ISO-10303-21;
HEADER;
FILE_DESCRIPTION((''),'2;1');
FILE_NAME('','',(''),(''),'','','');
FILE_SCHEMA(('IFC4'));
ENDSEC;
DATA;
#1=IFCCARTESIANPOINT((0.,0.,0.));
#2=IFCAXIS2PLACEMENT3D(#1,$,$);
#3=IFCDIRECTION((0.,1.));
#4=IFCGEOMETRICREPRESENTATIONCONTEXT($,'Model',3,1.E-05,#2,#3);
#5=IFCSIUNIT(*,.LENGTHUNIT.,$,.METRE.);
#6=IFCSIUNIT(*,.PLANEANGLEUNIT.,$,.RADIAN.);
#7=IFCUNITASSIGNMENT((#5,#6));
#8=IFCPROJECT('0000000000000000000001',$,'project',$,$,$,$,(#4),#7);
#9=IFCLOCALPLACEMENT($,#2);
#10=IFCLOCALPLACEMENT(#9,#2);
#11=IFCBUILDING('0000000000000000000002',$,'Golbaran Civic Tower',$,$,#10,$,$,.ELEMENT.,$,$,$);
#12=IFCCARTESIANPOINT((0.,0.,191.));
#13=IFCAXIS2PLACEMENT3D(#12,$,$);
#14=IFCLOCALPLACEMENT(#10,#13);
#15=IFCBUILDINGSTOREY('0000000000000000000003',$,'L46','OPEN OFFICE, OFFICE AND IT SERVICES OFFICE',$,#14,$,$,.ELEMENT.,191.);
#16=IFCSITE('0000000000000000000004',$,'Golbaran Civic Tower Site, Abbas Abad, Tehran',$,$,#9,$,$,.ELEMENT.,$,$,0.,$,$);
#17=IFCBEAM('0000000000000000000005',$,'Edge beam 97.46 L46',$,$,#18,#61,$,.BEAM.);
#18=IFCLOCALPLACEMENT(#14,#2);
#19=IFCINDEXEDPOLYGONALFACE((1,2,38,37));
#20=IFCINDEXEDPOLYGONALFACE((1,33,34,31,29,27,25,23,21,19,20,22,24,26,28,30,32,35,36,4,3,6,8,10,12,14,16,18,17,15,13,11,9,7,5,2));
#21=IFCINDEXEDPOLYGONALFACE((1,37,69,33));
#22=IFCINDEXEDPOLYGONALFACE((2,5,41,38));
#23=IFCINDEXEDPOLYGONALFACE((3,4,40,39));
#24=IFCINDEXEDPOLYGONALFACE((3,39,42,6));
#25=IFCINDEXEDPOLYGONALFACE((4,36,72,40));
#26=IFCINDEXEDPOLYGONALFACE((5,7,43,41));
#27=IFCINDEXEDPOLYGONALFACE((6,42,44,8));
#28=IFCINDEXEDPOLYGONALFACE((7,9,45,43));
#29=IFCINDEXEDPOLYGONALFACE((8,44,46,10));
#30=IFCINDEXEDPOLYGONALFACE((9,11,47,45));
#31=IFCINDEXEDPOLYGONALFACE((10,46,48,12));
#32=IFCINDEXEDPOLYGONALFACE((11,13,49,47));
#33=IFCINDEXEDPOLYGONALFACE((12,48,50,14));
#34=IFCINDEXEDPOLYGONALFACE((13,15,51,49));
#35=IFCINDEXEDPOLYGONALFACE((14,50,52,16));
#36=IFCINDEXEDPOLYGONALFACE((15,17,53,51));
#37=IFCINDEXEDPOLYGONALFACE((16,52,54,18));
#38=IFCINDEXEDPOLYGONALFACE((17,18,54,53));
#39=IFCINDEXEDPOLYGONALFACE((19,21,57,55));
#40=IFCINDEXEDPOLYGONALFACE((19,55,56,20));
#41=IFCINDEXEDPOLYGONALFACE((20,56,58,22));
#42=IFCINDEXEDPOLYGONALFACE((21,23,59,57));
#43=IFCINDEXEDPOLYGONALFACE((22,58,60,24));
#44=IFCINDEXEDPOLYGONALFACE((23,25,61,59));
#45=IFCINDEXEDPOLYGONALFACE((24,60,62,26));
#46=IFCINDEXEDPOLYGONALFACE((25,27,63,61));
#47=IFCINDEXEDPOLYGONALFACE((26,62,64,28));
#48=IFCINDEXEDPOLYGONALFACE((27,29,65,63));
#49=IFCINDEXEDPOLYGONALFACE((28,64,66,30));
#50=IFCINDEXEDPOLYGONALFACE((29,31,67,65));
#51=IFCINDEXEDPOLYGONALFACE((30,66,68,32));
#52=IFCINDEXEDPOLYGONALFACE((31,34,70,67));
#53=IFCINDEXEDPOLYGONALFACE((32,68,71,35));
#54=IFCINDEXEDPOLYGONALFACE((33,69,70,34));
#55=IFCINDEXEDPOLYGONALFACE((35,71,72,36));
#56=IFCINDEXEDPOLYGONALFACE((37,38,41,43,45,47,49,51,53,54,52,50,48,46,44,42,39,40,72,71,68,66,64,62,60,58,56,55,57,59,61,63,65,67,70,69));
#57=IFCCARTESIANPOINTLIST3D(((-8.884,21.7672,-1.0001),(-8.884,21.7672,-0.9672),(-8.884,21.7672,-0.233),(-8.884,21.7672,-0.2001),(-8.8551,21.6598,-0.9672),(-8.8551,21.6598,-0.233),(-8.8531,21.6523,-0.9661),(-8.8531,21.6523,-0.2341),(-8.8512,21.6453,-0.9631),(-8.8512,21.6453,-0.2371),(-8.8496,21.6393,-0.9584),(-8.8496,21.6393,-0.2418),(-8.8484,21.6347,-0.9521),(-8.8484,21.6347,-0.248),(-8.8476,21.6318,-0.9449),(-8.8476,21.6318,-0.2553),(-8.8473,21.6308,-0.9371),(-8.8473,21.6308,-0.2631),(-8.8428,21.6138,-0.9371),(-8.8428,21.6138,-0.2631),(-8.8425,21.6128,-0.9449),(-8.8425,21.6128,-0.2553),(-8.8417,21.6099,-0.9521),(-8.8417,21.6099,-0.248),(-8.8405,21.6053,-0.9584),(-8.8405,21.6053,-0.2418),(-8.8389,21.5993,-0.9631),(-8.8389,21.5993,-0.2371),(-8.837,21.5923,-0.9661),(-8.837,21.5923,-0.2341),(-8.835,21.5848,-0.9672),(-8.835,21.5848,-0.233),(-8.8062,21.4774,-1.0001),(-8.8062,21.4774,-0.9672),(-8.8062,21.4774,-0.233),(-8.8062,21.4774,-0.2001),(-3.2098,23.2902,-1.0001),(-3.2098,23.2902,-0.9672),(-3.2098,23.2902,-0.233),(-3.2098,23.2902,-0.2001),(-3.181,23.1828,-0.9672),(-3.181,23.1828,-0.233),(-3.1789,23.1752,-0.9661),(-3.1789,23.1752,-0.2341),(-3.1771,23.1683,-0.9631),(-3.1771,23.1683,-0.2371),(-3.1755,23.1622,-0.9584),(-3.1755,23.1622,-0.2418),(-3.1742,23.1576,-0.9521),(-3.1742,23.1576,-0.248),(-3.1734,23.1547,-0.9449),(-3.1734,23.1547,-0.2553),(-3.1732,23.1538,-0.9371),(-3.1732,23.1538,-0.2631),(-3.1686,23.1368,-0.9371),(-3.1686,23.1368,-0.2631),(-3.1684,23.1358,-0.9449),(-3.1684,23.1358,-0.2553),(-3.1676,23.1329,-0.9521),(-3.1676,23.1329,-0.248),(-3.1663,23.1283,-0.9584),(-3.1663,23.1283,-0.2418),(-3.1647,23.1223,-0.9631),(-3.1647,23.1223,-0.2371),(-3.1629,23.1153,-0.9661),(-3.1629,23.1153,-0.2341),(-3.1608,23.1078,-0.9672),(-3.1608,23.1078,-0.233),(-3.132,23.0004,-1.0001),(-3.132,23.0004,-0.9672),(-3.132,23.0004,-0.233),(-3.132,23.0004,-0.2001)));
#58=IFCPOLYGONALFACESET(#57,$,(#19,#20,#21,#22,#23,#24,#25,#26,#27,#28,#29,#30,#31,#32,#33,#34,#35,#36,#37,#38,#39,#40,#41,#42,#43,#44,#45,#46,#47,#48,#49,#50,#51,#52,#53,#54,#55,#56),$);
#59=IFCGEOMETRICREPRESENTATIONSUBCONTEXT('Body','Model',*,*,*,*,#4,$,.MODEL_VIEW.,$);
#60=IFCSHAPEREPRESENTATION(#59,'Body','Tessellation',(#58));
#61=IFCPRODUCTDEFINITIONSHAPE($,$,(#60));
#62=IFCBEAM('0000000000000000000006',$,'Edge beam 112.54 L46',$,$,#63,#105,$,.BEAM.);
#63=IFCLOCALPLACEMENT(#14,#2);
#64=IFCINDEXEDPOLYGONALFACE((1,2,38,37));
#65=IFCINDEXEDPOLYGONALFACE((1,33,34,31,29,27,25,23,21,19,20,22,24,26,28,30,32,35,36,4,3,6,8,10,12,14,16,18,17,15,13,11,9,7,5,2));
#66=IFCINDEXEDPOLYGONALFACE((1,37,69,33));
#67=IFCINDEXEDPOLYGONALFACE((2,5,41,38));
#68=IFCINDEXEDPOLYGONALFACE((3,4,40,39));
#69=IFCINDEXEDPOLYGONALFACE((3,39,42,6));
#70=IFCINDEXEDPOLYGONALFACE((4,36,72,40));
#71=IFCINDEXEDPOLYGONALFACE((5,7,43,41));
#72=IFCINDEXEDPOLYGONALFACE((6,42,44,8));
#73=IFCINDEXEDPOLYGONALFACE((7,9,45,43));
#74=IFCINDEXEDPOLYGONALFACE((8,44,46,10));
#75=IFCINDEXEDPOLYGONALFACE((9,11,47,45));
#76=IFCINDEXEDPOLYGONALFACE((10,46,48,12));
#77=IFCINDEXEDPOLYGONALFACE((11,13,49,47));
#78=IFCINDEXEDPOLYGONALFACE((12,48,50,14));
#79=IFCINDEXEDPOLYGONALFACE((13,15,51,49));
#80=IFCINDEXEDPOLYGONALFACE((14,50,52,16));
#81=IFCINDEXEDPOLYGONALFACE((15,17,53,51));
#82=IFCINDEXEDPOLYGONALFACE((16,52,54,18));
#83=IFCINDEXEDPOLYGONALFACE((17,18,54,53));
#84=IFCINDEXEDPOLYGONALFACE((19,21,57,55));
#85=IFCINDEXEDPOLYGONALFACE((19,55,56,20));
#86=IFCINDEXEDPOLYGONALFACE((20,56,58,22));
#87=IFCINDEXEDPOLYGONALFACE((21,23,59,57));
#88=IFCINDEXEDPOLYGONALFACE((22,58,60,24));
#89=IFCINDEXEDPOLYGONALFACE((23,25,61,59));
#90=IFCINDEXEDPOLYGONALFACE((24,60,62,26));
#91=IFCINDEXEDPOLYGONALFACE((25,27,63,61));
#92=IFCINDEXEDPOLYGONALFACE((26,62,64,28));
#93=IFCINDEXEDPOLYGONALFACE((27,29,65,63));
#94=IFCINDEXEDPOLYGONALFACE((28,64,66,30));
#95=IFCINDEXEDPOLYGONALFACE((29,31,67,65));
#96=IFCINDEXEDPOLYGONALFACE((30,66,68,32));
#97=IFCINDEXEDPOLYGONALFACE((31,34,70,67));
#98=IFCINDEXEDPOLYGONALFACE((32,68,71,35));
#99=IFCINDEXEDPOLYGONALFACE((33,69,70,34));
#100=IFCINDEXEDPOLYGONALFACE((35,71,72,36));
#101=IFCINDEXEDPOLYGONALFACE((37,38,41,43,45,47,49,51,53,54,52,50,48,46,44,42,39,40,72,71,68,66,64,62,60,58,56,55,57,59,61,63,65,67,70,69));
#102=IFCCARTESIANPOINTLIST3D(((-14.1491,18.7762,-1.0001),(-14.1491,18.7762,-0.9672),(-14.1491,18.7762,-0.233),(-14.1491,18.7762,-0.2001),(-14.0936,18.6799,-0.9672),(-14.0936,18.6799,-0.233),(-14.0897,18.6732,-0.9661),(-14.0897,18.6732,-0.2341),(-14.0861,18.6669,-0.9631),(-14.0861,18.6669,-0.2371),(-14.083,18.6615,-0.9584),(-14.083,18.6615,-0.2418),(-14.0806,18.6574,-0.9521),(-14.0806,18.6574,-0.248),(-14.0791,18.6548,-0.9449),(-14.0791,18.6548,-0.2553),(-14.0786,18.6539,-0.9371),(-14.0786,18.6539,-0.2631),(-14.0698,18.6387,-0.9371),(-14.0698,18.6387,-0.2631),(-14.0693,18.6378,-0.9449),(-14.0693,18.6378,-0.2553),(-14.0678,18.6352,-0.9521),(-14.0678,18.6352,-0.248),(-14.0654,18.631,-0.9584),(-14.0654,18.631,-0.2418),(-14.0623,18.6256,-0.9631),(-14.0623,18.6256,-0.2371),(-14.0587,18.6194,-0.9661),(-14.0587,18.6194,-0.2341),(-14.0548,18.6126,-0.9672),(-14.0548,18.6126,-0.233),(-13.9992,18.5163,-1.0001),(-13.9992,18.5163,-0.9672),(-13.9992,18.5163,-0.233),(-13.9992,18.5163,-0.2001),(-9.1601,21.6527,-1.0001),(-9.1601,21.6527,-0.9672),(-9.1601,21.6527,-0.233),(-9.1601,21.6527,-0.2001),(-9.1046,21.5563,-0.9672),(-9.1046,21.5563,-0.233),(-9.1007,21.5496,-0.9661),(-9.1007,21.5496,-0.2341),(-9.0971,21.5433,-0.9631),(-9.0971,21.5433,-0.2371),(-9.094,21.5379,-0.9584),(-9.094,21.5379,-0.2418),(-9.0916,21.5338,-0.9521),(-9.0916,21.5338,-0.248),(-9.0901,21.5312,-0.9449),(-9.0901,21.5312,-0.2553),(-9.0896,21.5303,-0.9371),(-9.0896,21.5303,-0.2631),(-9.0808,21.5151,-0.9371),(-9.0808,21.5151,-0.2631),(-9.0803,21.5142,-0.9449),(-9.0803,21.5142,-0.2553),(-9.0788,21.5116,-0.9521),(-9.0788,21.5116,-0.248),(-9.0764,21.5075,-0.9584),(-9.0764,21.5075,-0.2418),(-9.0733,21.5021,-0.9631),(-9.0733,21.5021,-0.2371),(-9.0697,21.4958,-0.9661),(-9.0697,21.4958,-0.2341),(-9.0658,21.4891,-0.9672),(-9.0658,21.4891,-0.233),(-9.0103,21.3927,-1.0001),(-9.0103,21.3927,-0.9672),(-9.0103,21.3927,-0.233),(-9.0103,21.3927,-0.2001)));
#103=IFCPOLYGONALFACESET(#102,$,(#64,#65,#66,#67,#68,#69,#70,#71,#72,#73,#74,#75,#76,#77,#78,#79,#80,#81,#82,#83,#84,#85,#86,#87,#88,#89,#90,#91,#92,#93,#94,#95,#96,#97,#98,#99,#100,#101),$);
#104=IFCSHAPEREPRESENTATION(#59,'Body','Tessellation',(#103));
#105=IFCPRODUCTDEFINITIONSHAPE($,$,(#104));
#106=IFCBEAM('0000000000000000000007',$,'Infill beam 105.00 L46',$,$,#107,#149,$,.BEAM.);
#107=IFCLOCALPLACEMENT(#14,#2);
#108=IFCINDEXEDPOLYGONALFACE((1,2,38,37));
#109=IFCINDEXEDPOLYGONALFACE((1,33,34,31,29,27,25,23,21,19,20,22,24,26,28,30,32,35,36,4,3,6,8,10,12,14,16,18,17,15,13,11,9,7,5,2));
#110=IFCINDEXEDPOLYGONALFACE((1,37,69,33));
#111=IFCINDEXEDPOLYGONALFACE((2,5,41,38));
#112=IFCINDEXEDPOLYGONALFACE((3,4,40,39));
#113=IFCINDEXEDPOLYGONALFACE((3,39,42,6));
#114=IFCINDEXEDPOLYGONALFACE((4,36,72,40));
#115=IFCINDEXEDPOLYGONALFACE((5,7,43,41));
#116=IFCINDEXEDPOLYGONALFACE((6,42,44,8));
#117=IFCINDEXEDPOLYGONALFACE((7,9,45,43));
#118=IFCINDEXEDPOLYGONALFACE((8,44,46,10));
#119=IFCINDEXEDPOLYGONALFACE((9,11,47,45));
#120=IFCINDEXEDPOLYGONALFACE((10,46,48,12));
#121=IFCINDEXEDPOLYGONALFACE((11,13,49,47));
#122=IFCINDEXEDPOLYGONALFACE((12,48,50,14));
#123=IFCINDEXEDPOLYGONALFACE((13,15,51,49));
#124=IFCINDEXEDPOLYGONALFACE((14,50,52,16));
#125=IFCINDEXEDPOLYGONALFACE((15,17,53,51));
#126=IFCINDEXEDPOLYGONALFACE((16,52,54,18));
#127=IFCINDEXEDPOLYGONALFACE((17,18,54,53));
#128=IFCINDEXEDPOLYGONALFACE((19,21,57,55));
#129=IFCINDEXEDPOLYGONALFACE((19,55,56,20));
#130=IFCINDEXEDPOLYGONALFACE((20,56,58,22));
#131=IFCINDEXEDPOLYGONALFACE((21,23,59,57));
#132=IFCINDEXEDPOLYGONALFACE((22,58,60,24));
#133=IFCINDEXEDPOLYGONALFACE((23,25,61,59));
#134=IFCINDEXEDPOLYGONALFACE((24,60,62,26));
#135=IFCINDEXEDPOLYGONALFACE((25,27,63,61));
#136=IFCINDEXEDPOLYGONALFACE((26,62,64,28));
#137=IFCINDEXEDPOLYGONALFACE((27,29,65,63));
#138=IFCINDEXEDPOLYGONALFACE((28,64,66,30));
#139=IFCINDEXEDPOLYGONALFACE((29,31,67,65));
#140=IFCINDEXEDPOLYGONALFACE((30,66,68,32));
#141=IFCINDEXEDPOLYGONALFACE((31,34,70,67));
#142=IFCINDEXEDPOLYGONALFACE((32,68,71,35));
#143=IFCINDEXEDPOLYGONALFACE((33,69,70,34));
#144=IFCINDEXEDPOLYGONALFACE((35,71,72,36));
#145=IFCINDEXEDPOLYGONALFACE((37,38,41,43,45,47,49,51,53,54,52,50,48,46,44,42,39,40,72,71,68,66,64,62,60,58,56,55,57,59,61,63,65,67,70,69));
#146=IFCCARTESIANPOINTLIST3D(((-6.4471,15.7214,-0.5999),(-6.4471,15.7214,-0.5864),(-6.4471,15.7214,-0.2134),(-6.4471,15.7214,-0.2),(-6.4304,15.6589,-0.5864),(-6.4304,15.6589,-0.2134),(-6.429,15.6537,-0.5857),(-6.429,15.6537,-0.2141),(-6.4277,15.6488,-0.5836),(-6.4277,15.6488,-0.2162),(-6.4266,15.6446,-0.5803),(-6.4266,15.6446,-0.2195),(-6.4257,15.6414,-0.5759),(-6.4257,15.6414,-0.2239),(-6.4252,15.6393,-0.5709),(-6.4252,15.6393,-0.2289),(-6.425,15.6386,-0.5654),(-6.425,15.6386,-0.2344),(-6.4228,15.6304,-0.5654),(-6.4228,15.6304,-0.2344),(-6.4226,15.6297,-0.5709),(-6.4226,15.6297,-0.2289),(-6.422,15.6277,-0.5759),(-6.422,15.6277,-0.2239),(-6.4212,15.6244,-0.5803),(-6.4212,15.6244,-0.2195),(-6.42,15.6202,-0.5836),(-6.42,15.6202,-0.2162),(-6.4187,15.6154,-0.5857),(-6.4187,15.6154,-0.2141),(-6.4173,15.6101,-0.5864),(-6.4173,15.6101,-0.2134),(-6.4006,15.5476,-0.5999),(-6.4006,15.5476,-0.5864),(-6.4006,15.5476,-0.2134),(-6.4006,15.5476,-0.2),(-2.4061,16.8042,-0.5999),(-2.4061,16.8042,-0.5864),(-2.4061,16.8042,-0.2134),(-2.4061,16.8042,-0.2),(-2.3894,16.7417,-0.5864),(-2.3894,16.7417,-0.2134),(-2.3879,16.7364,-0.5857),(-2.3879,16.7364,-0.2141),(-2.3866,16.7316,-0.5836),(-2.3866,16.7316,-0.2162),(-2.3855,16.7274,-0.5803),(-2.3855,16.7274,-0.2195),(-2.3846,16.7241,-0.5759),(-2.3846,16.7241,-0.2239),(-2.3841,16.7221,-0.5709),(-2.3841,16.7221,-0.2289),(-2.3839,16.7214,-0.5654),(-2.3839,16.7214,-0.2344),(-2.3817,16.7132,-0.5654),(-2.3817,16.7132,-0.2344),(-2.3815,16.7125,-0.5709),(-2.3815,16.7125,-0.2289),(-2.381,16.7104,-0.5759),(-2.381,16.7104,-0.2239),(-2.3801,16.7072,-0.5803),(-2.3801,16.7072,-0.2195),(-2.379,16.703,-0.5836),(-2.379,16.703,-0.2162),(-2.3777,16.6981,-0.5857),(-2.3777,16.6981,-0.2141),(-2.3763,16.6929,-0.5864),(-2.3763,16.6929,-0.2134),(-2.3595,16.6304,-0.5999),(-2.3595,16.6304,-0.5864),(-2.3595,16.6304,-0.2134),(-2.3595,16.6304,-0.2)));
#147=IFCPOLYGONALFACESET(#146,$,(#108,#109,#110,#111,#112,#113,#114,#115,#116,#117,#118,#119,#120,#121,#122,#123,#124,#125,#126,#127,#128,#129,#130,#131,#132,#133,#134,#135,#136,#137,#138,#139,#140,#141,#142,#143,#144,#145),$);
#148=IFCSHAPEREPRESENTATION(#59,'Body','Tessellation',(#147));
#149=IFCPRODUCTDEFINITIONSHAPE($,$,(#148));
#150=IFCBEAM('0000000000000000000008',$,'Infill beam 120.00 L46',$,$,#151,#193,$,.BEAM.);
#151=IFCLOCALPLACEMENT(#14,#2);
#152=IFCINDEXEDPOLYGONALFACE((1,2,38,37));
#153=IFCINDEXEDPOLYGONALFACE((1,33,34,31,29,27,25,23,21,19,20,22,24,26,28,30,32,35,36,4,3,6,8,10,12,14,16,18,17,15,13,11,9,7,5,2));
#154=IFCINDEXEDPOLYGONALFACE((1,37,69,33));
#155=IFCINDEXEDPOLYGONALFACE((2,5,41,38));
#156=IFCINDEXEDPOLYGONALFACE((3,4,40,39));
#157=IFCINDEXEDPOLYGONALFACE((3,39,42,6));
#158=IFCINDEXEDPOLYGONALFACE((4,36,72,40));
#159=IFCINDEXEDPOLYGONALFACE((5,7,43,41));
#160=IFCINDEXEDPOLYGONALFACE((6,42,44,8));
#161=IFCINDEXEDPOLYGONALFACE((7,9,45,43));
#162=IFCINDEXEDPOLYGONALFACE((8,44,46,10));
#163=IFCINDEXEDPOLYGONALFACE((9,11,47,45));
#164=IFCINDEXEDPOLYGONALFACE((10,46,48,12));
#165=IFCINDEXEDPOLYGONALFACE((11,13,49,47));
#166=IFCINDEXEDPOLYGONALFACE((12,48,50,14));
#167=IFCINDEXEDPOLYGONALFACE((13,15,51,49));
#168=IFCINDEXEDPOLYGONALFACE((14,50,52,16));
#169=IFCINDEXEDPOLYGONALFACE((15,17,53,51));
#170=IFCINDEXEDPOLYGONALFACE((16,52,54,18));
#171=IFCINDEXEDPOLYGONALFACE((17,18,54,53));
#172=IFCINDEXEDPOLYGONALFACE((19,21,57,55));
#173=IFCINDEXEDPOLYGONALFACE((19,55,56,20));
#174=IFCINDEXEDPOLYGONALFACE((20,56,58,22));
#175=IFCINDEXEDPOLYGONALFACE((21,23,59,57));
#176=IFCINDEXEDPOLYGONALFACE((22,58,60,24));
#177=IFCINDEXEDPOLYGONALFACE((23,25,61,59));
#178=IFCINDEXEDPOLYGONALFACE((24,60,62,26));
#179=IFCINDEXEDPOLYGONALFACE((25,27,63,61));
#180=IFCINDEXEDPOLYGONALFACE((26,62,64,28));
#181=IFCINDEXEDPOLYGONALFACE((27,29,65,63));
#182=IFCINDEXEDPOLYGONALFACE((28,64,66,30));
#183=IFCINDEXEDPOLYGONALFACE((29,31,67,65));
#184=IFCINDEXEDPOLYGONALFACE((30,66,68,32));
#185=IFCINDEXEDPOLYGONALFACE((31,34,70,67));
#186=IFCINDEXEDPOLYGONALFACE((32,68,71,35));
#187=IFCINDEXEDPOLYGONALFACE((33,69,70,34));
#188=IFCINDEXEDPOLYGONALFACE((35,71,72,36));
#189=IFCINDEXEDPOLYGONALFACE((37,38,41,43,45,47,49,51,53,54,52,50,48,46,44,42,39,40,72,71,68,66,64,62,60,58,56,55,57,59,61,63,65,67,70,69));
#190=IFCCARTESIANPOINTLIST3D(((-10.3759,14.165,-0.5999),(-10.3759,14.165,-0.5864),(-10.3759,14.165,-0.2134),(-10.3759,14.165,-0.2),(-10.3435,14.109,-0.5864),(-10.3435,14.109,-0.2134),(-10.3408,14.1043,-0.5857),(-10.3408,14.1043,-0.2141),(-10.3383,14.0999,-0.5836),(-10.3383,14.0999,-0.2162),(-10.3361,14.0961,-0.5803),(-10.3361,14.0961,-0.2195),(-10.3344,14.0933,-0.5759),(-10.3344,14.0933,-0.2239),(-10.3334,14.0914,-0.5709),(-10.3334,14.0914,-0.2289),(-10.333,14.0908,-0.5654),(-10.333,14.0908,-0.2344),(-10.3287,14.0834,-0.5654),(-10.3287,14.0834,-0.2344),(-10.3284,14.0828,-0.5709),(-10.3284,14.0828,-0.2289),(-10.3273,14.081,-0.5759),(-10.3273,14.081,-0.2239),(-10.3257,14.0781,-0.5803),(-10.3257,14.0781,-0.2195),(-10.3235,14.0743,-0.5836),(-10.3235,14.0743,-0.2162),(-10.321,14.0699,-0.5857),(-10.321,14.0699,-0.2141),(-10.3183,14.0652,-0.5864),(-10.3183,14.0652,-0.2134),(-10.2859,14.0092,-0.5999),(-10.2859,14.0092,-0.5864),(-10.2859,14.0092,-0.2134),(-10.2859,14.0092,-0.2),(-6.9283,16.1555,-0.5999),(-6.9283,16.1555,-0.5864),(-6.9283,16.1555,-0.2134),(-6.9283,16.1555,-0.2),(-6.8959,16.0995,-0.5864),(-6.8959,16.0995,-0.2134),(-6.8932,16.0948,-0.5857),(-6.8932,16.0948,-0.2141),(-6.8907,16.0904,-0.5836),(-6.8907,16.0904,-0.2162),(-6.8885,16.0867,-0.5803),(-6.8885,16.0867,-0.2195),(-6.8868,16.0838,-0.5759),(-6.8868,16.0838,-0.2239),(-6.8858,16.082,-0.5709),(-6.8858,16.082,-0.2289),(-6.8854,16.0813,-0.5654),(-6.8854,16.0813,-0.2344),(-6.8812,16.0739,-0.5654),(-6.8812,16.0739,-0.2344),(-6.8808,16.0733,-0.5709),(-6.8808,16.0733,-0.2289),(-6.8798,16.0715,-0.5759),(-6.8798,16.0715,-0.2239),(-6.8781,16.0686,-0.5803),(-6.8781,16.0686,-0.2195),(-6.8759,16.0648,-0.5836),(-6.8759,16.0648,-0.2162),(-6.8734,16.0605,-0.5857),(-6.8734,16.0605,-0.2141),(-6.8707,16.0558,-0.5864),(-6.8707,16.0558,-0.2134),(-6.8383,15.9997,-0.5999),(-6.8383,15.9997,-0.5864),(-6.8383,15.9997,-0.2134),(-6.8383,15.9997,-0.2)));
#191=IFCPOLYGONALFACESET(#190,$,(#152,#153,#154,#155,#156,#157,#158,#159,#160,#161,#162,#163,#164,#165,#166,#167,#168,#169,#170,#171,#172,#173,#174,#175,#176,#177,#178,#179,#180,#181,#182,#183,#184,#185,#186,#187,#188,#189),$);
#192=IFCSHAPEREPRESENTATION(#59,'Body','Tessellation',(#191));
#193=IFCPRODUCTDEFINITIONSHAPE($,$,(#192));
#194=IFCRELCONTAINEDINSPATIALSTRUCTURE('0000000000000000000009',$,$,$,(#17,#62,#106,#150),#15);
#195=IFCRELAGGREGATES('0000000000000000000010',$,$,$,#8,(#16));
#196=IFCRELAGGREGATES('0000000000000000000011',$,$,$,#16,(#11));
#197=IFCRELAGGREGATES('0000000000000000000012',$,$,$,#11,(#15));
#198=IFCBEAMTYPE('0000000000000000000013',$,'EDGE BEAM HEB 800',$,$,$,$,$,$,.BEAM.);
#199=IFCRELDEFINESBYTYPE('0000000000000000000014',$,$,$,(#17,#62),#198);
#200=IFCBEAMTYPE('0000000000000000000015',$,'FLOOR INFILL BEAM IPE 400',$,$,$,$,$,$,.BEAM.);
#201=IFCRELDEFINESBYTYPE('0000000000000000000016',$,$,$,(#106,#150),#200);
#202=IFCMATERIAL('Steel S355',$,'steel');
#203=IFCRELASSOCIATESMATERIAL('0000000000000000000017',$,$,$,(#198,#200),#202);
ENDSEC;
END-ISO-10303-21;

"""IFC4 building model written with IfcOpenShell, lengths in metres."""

from ifc_helpers import new_model, si_unit, direction, frame, origin, origin_2d, place, context, subcontext, project, spatial, i_section, extrude, material, material_profile, profile_set, type_object, element, save


model = new_model("IFC4")

# Units and contexts
model_context = context("Model", 3, precision=1e-05, world=origin(), true_north=direction((0.0, 1.0)))
body_context = subcontext(model_context, "Body", "Model", "MODEL_VIEW")
ifc_project = project(units=[si_unit("LENGTHUNIT", "METRE"), si_unit("PLANEANGLEUNIT", "RADIAN")], contexts=[model_context])

# Site, building, storey
site_placement = place(None, origin())
site = spatial("IfcSite", under=ifc_project, at=site_placement, Name="Golbaran Civic Tower Site, Abbas Abad, Tehran", CompositionType="ELEMENT", RefElevation=0.0)
building_placement = place(site_placement, origin())
building = spatial("IfcBuilding", under=site, at=building_placement, Name="Golbaran Civic Tower", CompositionType="ELEMENT")
storey_placement = place(building_placement, frame((0.0, 0.0, 191.0)))
storey = spatial("IfcBuildingStorey", under=building, at=storey_placement, Name="L46", Description="OPEN OFFICE, OFFICE AND IT SERVICES OFFICE", CompositionType="ELEMENT", Elevation=191.0)

# Beams
ifc_material_1 = material(Name="Steel S355", Category="steel")
ifc_material_profile_1 = material_profile(ifc_material_1, i_section(OverallWidth=0.3, OverallDepth=0.8, WebThickness=0.0176, FlangeThickness=0.033, FilletRadius=0.03, at=origin_2d()), Name="HEB 800")
ifc_profile_set_1 = profile_set([ifc_material_profile_1], Name="Steel S355")
beam_type_1 = type_object("IfcBeamType", Name="EDGE BEAM HEB 800", PredefinedType="BEAM", material=ifc_profile_set_1)
beam_1_placement = place(storey_placement, frame((-3.1709, 23.1453, -0.6001), z_axis=(-0.965816, -0.25923, 0.0), x_axis=(0.25923, -0.965816, 0.0)))
element("IfcBeam", 1, at=beam_1_placement, inside=storey, type_object=beam_type_1, Name="Edge beam 97.46 L46", PredefinedType="BEAM", context=body_context, shape_type="SweptSolid", body=[
    extrude(i_section(OverallWidth=0.3, OverallDepth=0.8, WebThickness=0.0176, FlangeThickness=0.033, FilletRadius=0.03, at=origin_2d()), origin(), (0.0, 0.0, 1.0), 5.875),
])
beam_2_placement = place(storey_placement, frame((-9.0852, 21.5227, -0.6001), z_axis=(-0.866322, -0.499486, 0.0), x_axis=(0.499486, -0.866322, 0.0)))
element("IfcBeam", 2, at=beam_2_placement, inside=storey, type_object=beam_type_1, Name="Edge beam 112.54 L46", PredefinedType="BEAM", context=body_context, shape_type="SweptSolid", body=[
    extrude(i_section(OverallWidth=0.3, OverallDepth=0.8, WebThickness=0.0176, FlangeThickness=0.033, FilletRadius=0.03, at=origin_2d()), origin(), (0.0, 0.0, 1.0), 5.7588),
])
ifc_material_profile_2 = material_profile(ifc_material_1, i_section(OverallWidth=0.1799, OverallDepth=0.3999, WebThickness=0.0085, FlangeThickness=0.0134, FilletRadius=0.021, at=origin_2d()), Name="IPE 400")
ifc_profile_set_2 = profile_set([ifc_material_profile_2], Name="Steel S355")
beam_type_2 = type_object("IfcBeamType", Name="FLOOR INFILL BEAM IPE 400", PredefinedType="BEAM", material=ifc_profile_set_2)
beam_3_placement = place(storey_placement, frame((-2.3828, 16.7173, -0.3999), z_axis=(-0.965927, -0.258814, 0.0), x_axis=(0.258814, -0.965927, 0.0)))
element("IfcBeam", 3, at=beam_3_placement, inside=storey, type_object=beam_type_2, Name="Infill beam 105.00 L46", PredefinedType="BEAM", context=body_context, shape_type="SweptSolid", body=[
    extrude(i_section(OverallWidth=0.1799, OverallDepth=0.3999, WebThickness=0.0085, FlangeThickness=0.0134, FilletRadius=0.021, at=origin_2d()), origin(), (0.0, 0.0, 1.0), 4.1836),
])
beam_4_placement = place(storey_placement, frame((-6.8833, 16.0776, -0.3999), z_axis=(-0.866019, -0.500011, 0.0), x_axis=(0.500011, -0.866019, 0.0)))
element("IfcBeam", 4, at=beam_4_placement, inside=storey, type_object=beam_type_2, Name="Infill beam 120.00 L46", PredefinedType="BEAM", context=body_context, shape_type="SweptSolid", body=[
    extrude(i_section(OverallWidth=0.1799, OverallDepth=0.3999, WebThickness=0.0085, FlangeThickness=0.0134, FilletRadius=0.021, at=origin_2d()), origin(), (0.0, 0.0, 1.0), 3.981),
])

save(model, "model.ifc")
